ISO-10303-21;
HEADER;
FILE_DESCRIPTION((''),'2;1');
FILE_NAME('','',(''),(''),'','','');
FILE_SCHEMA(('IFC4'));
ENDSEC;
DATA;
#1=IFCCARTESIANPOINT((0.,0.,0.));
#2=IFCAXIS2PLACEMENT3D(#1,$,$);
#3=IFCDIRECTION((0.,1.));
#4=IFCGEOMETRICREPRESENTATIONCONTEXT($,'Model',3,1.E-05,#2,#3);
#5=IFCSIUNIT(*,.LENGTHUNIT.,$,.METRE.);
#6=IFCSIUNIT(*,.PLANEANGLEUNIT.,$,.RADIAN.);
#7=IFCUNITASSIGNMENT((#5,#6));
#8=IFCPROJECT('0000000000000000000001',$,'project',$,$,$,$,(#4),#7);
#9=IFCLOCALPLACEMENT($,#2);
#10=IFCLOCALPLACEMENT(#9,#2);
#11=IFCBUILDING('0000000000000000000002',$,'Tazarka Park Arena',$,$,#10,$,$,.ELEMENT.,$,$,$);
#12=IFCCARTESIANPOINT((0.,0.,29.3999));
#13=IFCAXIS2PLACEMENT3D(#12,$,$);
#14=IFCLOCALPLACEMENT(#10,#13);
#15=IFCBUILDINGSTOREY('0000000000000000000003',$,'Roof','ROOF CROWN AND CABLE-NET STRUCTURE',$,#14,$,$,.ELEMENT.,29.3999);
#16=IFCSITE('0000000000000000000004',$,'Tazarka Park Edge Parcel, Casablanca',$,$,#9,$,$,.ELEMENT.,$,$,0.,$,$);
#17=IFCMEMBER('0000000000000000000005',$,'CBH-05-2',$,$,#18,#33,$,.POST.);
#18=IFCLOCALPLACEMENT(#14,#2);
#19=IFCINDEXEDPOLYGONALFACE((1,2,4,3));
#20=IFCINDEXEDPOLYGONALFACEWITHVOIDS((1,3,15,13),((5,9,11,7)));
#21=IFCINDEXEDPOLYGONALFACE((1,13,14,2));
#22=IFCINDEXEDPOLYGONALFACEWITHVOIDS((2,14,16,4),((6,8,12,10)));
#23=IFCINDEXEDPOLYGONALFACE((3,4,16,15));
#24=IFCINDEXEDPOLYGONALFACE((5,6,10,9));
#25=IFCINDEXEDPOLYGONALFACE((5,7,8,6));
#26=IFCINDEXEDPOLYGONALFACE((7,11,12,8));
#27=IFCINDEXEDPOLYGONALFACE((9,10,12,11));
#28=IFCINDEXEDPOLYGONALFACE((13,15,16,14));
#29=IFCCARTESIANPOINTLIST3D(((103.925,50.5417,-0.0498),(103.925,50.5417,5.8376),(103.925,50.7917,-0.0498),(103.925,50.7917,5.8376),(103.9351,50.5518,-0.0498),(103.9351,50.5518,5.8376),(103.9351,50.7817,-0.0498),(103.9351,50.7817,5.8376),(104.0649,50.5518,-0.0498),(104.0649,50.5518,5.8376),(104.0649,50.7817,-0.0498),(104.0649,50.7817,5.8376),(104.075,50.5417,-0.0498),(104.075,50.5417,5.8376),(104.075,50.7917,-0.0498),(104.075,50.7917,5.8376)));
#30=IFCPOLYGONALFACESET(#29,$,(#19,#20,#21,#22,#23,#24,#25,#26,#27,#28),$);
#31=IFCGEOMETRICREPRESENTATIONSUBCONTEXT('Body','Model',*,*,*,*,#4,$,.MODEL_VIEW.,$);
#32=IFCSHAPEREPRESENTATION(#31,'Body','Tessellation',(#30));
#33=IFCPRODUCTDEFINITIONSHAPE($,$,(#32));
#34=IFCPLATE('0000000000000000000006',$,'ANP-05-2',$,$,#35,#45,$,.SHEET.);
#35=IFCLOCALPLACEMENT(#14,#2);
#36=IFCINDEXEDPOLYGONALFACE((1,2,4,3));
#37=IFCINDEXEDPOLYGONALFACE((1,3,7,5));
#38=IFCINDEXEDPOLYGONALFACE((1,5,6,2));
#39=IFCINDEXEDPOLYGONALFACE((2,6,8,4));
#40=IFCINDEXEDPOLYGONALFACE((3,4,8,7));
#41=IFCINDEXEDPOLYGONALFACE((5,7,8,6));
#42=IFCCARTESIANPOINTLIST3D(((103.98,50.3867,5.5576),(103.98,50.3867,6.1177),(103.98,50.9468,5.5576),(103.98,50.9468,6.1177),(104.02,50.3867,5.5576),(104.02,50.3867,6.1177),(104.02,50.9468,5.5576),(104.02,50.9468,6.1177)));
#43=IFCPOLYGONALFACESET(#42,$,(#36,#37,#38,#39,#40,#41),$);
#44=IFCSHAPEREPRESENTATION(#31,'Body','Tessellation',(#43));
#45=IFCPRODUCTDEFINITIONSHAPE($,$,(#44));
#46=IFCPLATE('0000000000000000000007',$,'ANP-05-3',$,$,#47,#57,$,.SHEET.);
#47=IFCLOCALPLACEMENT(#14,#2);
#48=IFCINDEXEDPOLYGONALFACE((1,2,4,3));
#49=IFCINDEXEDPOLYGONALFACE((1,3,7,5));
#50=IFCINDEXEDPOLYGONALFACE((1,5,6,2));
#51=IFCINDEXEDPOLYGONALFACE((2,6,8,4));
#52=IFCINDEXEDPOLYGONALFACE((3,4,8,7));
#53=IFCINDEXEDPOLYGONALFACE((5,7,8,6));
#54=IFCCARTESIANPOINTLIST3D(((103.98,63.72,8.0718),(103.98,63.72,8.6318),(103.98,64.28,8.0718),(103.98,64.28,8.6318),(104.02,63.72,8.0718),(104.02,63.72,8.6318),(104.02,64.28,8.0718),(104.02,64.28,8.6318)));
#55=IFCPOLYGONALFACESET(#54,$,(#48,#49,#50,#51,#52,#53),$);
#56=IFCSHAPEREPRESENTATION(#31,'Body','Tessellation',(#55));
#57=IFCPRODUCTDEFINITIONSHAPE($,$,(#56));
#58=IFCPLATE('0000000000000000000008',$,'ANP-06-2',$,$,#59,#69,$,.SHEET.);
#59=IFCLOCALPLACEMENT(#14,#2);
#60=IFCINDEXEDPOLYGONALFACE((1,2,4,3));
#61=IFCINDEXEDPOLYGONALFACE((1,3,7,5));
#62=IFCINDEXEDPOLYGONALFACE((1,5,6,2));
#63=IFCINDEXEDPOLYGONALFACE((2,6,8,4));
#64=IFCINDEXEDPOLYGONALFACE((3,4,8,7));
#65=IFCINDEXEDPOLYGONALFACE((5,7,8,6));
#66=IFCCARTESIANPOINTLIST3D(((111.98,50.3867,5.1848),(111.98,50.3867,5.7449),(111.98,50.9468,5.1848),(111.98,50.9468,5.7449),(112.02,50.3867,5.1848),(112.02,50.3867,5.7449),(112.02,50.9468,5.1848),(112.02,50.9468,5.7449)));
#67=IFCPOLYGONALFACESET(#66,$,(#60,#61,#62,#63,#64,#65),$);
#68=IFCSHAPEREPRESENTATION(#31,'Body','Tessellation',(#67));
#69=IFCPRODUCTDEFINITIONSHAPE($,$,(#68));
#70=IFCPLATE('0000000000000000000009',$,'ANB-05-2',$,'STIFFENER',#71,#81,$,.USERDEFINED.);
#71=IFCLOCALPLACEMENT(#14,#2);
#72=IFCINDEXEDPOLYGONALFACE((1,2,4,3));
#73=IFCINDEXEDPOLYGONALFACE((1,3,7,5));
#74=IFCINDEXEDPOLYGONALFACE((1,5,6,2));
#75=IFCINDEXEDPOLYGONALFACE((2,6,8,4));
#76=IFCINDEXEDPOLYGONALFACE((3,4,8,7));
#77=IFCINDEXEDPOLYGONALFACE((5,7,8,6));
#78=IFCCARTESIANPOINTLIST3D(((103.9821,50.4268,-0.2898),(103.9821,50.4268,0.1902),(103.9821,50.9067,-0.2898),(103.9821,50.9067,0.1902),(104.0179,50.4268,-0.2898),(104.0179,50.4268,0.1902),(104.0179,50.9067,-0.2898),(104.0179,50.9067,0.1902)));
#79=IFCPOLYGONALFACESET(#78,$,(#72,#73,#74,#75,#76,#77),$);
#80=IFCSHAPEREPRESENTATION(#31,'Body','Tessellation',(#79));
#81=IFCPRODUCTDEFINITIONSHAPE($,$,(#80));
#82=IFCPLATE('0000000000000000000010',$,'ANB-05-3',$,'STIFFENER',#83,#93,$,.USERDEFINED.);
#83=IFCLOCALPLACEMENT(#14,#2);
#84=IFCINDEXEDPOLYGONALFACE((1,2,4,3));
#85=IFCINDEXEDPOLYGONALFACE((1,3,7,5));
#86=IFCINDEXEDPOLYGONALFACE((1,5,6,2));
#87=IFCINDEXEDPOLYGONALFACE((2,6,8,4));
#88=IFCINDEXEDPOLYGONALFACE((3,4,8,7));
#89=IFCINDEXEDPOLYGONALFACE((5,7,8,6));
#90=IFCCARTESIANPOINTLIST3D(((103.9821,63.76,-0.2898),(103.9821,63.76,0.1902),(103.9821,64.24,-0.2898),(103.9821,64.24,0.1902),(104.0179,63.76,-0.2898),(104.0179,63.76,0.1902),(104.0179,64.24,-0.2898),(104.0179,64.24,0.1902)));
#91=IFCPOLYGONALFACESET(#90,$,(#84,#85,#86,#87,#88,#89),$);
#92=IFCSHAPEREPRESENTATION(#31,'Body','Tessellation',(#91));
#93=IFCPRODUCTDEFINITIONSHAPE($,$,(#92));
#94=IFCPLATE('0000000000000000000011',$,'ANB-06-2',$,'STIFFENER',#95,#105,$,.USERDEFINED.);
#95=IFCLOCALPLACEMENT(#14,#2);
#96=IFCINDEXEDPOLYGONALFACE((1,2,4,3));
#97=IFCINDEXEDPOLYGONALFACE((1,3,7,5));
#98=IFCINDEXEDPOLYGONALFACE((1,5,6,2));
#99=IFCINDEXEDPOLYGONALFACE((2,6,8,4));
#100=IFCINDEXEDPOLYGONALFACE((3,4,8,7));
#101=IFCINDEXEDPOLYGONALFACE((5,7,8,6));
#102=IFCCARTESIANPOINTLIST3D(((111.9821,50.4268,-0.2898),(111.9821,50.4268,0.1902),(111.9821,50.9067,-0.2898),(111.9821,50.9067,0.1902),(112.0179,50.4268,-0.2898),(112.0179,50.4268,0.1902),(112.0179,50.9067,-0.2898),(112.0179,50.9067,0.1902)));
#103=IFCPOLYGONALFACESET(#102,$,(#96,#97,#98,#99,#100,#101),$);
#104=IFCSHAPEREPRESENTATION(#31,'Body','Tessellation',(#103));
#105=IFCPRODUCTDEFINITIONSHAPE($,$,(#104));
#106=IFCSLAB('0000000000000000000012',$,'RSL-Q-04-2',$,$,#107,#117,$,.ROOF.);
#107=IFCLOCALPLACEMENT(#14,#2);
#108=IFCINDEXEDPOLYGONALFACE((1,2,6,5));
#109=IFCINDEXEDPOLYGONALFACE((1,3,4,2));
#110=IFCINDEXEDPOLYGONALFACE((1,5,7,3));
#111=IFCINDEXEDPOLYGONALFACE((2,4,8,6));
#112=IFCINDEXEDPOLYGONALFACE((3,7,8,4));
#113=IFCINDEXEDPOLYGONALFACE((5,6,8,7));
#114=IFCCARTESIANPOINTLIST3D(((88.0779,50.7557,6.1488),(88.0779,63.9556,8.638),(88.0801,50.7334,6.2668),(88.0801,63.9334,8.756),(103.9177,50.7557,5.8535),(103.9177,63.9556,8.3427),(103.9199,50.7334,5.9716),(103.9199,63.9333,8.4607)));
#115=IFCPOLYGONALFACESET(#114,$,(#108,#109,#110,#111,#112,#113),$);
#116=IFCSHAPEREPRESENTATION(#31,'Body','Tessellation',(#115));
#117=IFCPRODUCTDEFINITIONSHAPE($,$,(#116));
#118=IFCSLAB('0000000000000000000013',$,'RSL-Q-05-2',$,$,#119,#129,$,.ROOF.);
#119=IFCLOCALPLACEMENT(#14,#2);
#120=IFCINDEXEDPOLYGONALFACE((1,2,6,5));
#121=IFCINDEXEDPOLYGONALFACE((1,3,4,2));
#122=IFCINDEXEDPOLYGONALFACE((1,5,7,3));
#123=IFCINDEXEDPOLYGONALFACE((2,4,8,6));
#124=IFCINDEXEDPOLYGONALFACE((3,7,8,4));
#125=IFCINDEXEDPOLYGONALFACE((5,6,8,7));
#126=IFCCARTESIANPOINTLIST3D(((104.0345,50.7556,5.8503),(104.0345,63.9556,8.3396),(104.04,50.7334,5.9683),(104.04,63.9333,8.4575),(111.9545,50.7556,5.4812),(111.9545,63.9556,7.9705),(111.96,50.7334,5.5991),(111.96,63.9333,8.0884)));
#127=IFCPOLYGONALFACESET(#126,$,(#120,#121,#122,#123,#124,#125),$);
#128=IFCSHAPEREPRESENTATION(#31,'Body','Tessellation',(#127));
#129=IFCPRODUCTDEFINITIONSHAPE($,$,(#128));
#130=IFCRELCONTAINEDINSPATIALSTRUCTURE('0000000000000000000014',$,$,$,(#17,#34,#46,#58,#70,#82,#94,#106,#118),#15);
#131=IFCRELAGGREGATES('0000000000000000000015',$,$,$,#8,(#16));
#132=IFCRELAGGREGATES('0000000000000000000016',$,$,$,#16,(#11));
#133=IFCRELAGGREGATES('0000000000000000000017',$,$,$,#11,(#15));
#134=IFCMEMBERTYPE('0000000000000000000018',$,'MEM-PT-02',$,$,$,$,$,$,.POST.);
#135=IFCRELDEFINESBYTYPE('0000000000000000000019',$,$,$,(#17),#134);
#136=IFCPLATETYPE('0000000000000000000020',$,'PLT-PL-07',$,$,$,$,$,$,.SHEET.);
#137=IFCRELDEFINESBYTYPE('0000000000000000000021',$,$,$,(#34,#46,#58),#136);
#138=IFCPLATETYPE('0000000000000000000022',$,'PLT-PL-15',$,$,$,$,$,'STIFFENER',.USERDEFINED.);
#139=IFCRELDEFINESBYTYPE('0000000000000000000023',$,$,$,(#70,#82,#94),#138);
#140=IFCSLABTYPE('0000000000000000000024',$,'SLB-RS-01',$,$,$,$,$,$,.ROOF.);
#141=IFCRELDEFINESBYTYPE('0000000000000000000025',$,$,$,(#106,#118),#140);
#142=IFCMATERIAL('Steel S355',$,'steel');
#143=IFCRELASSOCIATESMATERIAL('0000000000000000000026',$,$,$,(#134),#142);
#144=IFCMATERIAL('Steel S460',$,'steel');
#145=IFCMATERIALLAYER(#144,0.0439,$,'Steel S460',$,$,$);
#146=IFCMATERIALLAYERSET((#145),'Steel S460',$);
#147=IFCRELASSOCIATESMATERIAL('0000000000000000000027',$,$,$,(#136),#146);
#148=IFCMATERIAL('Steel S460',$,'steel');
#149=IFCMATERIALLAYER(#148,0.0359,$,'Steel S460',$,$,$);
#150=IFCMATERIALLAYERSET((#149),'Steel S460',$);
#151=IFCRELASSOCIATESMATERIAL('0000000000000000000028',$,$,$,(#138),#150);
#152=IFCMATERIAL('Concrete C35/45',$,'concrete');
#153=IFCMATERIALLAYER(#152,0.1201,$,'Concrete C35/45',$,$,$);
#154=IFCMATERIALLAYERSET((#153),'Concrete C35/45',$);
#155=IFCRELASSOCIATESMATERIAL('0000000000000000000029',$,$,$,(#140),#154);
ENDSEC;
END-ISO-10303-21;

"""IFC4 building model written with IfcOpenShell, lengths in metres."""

from ifc_helpers import new_model, si_unit, direction, frame, origin, origin_2d, place, context, subcontext, project, spatial, polyline, rectangle, hollow_rectangle, outline, extrude, material, layer, layer_set, material_profile, profile_set, type_object, element, save


model = new_model("IFC4")

# Units and contexts
model_context = context("Model", 3, precision=1e-05, world=origin(), true_north=direction((0.0, 1.0)))
body_context = subcontext(model_context, "Body", "Model", "MODEL_VIEW")
ifc_project = project(units=[si_unit("LENGTHUNIT", "METRE"), si_unit("PLANEANGLEUNIT", "RADIAN")], contexts=[model_context])

# Site, building, storey
site_placement = place(None, origin())
site = spatial("IfcSite", under=ifc_project, at=site_placement, Name="Tazarka Park Edge Parcel, Casablanca", CompositionType="ELEMENT", RefElevation=0.0)
building_placement = place(site_placement, origin())
building = spatial("IfcBuilding", under=site, at=building_placement, Name="Tazarka Park Arena", CompositionType="ELEMENT")
storey_placement = place(building_placement, frame((0.0, 0.0, 29.3999)))
storey = spatial("IfcBuildingStorey", under=building, at=storey_placement, Name="Roof", Description="ROOF CROWN AND CABLE-NET STRUCTURE", CompositionType="ELEMENT", Elevation=29.3999)

# Member
ifc_material_1 = material(Name="Steel S355", Category="steel")
ifc_material_profile_1 = material_profile(ifc_material_1, hollow_rectangle(XDim=0.1499, YDim=0.25, WallThickness=0.01, at=origin_2d()), Name="Steel S355")
ifc_profile_set_1 = profile_set([ifc_material_profile_1], Name="Steel S355")
member_type_1 = type_object("IfcMemberType", Name="MEM-PT-02", PredefinedType="POST", material=ifc_profile_set_1)
member_1_placement = place(storey_placement, frame((104.0, 50.6667, -0.0498), z_axis=(0.0, 0.0, 1.0), x_axis=(1.0, 0.0, 0.0)))
element("IfcMember", 1, at=member_1_placement, inside=storey, type_object=member_type_1, Name="CBH-05-2", PredefinedType="POST", context=body_context, shape_type="SweptSolid", body=[
    extrude(hollow_rectangle(XDim=0.1499, YDim=0.25, WallThickness=0.01, at=origin_2d()), origin(), (0.0, 0.0, 1.0), 5.8875),
])

# Plates
ifc_material_2 = material(Name="Steel S460", Category="steel")
ifc_layer_1 = layer(ifc_material_2, 0.0439, Name="Steel S460")
ifc_layer_set_1 = layer_set([ifc_layer_1], Name="Steel S460")
plate_type_1 = type_object("IfcPlateType", Name="PLT-PL-07", PredefinedType="SHEET", material=ifc_layer_set_1)
for number, where, z_axis, x_axis, name in (
    (2, (104.0, 50.6667, 5.5576), (0.0, 0.0, 1.0), (1.0, 0.0, 0.0), "ANP-05-2"),
    (3, (104.0, 64.0, 8.0718), (0.0, 0.0, 1.0), (1.0, 0.0, 0.0), "ANP-05-3"),
    (4, (112.0, 50.6667, 5.1848), (0.0, 0.0, 1.0), (1.0, 0.0, 0.0), "ANP-06-2"),
):
    element("IfcPlate", number, at=place(storey_placement, frame(where, z_axis=z_axis, x_axis=x_axis)), inside=storey, type_object=plate_type_1, Name=name, PredefinedType="SHEET", context=body_context, shape_type="SweptSolid", body=[
        extrude(rectangle(XDim=0.04, YDim=0.5601, at=origin_2d()), origin(), (0.0, 0.0, 1.0), 0.5601),
    ])
ifc_material_3 = material(Name="Steel S460", Category="steel")
ifc_layer_2 = layer(ifc_material_3, 0.0359, Name="Steel S460")
ifc_layer_set_2 = layer_set([ifc_layer_2], Name="Steel S460")
plate_type_2 = type_object("IfcPlateType", Name="PLT-PL-15", ElementType="STIFFENER", PredefinedType="USERDEFINED", material=ifc_layer_set_2)
for number, where, z_axis, x_axis, name in (
    (5, (104.0, 50.6667, -0.2898), (0.0, 0.0, 1.0), (1.0, 0.0, 0.0), "ANB-05-2"),
    (6, (104.0, 64.0, -0.2898), (0.0, 0.0, 1.0), (1.0, 0.0, 0.0), "ANB-05-3"),
    (7, (112.0, 50.6667, -0.2898), (0.0, 0.0, 1.0), (1.0, 0.0, 0.0), "ANB-06-2"),
):
    element("IfcPlate", number, at=place(storey_placement, frame(where, z_axis=z_axis, x_axis=x_axis)), inside=storey, type_object=plate_type_2, Name=name, ObjectType="STIFFENER", PredefinedType="USERDEFINED", context=body_context, shape_type="SweptSolid", body=[
        extrude(rectangle(XDim=0.0359, YDim=0.48, at=origin_2d()), origin(), (0.0, 0.0, 1.0), 0.48),
    ])

# Slabs
ifc_material_4 = material(Name="Concrete C35/45", Category="concrete")
ifc_layer_3 = layer(ifc_material_4, 0.1201, Name="Concrete C35/45")
ifc_layer_set_3 = layer_set([ifc_layer_3], Name="Concrete C35/45")
slab_type = type_object("IfcSlabType", Name="SLB-RS-01", PredefinedType="ROOF", material=ifc_layer_set_3)
slab_1_placement = place(storey_placement, frame((88.0801, 50.7334, 6.2668), z_axis=(0.018316, -0.185275, 0.982516), x_axis=(0.999826, 0.000001, -0.018639)))
element("IfcSlab", 8, at=slab_1_placement, inside=storey, type_object=slab_type, Name="RSL-Q-04-2", PredefinedType="ROOF", context=body_context, shape_type="SweptSolid", body=[
    extrude(outline(polyline([(0.0, 0.0), (15.8426, 0.0), (15.7962, 13.4325), (-0.0464, 13.4325), (0.0, 0.0)])), origin(), (0.0, 0.0, -1.0), 0.1201),
])
slab_2_placement = place(storey_placement, frame((104.04, 50.7334, 5.9683), z_axis=(0.045754, -0.18512, 0.98165), x_axis=(0.998916, 0.0, -0.046559)))
element("IfcSlab", 9, at=slab_2_placement, inside=storey, type_object=slab_type, Name="RSL-Q-05-2", PredefinedType="ROOF", context=body_context, shape_type="SweptSolid", body=[
    extrude(outline(polyline([(0.0, 0.0), (7.9285, 0.0), (7.8126, 13.4321), (-0.1159, 13.4321), (0.0, 0.0)])), origin(), (0.0, 0.0, -1.0), 0.1201),
])

save(model, "model.ifc")
